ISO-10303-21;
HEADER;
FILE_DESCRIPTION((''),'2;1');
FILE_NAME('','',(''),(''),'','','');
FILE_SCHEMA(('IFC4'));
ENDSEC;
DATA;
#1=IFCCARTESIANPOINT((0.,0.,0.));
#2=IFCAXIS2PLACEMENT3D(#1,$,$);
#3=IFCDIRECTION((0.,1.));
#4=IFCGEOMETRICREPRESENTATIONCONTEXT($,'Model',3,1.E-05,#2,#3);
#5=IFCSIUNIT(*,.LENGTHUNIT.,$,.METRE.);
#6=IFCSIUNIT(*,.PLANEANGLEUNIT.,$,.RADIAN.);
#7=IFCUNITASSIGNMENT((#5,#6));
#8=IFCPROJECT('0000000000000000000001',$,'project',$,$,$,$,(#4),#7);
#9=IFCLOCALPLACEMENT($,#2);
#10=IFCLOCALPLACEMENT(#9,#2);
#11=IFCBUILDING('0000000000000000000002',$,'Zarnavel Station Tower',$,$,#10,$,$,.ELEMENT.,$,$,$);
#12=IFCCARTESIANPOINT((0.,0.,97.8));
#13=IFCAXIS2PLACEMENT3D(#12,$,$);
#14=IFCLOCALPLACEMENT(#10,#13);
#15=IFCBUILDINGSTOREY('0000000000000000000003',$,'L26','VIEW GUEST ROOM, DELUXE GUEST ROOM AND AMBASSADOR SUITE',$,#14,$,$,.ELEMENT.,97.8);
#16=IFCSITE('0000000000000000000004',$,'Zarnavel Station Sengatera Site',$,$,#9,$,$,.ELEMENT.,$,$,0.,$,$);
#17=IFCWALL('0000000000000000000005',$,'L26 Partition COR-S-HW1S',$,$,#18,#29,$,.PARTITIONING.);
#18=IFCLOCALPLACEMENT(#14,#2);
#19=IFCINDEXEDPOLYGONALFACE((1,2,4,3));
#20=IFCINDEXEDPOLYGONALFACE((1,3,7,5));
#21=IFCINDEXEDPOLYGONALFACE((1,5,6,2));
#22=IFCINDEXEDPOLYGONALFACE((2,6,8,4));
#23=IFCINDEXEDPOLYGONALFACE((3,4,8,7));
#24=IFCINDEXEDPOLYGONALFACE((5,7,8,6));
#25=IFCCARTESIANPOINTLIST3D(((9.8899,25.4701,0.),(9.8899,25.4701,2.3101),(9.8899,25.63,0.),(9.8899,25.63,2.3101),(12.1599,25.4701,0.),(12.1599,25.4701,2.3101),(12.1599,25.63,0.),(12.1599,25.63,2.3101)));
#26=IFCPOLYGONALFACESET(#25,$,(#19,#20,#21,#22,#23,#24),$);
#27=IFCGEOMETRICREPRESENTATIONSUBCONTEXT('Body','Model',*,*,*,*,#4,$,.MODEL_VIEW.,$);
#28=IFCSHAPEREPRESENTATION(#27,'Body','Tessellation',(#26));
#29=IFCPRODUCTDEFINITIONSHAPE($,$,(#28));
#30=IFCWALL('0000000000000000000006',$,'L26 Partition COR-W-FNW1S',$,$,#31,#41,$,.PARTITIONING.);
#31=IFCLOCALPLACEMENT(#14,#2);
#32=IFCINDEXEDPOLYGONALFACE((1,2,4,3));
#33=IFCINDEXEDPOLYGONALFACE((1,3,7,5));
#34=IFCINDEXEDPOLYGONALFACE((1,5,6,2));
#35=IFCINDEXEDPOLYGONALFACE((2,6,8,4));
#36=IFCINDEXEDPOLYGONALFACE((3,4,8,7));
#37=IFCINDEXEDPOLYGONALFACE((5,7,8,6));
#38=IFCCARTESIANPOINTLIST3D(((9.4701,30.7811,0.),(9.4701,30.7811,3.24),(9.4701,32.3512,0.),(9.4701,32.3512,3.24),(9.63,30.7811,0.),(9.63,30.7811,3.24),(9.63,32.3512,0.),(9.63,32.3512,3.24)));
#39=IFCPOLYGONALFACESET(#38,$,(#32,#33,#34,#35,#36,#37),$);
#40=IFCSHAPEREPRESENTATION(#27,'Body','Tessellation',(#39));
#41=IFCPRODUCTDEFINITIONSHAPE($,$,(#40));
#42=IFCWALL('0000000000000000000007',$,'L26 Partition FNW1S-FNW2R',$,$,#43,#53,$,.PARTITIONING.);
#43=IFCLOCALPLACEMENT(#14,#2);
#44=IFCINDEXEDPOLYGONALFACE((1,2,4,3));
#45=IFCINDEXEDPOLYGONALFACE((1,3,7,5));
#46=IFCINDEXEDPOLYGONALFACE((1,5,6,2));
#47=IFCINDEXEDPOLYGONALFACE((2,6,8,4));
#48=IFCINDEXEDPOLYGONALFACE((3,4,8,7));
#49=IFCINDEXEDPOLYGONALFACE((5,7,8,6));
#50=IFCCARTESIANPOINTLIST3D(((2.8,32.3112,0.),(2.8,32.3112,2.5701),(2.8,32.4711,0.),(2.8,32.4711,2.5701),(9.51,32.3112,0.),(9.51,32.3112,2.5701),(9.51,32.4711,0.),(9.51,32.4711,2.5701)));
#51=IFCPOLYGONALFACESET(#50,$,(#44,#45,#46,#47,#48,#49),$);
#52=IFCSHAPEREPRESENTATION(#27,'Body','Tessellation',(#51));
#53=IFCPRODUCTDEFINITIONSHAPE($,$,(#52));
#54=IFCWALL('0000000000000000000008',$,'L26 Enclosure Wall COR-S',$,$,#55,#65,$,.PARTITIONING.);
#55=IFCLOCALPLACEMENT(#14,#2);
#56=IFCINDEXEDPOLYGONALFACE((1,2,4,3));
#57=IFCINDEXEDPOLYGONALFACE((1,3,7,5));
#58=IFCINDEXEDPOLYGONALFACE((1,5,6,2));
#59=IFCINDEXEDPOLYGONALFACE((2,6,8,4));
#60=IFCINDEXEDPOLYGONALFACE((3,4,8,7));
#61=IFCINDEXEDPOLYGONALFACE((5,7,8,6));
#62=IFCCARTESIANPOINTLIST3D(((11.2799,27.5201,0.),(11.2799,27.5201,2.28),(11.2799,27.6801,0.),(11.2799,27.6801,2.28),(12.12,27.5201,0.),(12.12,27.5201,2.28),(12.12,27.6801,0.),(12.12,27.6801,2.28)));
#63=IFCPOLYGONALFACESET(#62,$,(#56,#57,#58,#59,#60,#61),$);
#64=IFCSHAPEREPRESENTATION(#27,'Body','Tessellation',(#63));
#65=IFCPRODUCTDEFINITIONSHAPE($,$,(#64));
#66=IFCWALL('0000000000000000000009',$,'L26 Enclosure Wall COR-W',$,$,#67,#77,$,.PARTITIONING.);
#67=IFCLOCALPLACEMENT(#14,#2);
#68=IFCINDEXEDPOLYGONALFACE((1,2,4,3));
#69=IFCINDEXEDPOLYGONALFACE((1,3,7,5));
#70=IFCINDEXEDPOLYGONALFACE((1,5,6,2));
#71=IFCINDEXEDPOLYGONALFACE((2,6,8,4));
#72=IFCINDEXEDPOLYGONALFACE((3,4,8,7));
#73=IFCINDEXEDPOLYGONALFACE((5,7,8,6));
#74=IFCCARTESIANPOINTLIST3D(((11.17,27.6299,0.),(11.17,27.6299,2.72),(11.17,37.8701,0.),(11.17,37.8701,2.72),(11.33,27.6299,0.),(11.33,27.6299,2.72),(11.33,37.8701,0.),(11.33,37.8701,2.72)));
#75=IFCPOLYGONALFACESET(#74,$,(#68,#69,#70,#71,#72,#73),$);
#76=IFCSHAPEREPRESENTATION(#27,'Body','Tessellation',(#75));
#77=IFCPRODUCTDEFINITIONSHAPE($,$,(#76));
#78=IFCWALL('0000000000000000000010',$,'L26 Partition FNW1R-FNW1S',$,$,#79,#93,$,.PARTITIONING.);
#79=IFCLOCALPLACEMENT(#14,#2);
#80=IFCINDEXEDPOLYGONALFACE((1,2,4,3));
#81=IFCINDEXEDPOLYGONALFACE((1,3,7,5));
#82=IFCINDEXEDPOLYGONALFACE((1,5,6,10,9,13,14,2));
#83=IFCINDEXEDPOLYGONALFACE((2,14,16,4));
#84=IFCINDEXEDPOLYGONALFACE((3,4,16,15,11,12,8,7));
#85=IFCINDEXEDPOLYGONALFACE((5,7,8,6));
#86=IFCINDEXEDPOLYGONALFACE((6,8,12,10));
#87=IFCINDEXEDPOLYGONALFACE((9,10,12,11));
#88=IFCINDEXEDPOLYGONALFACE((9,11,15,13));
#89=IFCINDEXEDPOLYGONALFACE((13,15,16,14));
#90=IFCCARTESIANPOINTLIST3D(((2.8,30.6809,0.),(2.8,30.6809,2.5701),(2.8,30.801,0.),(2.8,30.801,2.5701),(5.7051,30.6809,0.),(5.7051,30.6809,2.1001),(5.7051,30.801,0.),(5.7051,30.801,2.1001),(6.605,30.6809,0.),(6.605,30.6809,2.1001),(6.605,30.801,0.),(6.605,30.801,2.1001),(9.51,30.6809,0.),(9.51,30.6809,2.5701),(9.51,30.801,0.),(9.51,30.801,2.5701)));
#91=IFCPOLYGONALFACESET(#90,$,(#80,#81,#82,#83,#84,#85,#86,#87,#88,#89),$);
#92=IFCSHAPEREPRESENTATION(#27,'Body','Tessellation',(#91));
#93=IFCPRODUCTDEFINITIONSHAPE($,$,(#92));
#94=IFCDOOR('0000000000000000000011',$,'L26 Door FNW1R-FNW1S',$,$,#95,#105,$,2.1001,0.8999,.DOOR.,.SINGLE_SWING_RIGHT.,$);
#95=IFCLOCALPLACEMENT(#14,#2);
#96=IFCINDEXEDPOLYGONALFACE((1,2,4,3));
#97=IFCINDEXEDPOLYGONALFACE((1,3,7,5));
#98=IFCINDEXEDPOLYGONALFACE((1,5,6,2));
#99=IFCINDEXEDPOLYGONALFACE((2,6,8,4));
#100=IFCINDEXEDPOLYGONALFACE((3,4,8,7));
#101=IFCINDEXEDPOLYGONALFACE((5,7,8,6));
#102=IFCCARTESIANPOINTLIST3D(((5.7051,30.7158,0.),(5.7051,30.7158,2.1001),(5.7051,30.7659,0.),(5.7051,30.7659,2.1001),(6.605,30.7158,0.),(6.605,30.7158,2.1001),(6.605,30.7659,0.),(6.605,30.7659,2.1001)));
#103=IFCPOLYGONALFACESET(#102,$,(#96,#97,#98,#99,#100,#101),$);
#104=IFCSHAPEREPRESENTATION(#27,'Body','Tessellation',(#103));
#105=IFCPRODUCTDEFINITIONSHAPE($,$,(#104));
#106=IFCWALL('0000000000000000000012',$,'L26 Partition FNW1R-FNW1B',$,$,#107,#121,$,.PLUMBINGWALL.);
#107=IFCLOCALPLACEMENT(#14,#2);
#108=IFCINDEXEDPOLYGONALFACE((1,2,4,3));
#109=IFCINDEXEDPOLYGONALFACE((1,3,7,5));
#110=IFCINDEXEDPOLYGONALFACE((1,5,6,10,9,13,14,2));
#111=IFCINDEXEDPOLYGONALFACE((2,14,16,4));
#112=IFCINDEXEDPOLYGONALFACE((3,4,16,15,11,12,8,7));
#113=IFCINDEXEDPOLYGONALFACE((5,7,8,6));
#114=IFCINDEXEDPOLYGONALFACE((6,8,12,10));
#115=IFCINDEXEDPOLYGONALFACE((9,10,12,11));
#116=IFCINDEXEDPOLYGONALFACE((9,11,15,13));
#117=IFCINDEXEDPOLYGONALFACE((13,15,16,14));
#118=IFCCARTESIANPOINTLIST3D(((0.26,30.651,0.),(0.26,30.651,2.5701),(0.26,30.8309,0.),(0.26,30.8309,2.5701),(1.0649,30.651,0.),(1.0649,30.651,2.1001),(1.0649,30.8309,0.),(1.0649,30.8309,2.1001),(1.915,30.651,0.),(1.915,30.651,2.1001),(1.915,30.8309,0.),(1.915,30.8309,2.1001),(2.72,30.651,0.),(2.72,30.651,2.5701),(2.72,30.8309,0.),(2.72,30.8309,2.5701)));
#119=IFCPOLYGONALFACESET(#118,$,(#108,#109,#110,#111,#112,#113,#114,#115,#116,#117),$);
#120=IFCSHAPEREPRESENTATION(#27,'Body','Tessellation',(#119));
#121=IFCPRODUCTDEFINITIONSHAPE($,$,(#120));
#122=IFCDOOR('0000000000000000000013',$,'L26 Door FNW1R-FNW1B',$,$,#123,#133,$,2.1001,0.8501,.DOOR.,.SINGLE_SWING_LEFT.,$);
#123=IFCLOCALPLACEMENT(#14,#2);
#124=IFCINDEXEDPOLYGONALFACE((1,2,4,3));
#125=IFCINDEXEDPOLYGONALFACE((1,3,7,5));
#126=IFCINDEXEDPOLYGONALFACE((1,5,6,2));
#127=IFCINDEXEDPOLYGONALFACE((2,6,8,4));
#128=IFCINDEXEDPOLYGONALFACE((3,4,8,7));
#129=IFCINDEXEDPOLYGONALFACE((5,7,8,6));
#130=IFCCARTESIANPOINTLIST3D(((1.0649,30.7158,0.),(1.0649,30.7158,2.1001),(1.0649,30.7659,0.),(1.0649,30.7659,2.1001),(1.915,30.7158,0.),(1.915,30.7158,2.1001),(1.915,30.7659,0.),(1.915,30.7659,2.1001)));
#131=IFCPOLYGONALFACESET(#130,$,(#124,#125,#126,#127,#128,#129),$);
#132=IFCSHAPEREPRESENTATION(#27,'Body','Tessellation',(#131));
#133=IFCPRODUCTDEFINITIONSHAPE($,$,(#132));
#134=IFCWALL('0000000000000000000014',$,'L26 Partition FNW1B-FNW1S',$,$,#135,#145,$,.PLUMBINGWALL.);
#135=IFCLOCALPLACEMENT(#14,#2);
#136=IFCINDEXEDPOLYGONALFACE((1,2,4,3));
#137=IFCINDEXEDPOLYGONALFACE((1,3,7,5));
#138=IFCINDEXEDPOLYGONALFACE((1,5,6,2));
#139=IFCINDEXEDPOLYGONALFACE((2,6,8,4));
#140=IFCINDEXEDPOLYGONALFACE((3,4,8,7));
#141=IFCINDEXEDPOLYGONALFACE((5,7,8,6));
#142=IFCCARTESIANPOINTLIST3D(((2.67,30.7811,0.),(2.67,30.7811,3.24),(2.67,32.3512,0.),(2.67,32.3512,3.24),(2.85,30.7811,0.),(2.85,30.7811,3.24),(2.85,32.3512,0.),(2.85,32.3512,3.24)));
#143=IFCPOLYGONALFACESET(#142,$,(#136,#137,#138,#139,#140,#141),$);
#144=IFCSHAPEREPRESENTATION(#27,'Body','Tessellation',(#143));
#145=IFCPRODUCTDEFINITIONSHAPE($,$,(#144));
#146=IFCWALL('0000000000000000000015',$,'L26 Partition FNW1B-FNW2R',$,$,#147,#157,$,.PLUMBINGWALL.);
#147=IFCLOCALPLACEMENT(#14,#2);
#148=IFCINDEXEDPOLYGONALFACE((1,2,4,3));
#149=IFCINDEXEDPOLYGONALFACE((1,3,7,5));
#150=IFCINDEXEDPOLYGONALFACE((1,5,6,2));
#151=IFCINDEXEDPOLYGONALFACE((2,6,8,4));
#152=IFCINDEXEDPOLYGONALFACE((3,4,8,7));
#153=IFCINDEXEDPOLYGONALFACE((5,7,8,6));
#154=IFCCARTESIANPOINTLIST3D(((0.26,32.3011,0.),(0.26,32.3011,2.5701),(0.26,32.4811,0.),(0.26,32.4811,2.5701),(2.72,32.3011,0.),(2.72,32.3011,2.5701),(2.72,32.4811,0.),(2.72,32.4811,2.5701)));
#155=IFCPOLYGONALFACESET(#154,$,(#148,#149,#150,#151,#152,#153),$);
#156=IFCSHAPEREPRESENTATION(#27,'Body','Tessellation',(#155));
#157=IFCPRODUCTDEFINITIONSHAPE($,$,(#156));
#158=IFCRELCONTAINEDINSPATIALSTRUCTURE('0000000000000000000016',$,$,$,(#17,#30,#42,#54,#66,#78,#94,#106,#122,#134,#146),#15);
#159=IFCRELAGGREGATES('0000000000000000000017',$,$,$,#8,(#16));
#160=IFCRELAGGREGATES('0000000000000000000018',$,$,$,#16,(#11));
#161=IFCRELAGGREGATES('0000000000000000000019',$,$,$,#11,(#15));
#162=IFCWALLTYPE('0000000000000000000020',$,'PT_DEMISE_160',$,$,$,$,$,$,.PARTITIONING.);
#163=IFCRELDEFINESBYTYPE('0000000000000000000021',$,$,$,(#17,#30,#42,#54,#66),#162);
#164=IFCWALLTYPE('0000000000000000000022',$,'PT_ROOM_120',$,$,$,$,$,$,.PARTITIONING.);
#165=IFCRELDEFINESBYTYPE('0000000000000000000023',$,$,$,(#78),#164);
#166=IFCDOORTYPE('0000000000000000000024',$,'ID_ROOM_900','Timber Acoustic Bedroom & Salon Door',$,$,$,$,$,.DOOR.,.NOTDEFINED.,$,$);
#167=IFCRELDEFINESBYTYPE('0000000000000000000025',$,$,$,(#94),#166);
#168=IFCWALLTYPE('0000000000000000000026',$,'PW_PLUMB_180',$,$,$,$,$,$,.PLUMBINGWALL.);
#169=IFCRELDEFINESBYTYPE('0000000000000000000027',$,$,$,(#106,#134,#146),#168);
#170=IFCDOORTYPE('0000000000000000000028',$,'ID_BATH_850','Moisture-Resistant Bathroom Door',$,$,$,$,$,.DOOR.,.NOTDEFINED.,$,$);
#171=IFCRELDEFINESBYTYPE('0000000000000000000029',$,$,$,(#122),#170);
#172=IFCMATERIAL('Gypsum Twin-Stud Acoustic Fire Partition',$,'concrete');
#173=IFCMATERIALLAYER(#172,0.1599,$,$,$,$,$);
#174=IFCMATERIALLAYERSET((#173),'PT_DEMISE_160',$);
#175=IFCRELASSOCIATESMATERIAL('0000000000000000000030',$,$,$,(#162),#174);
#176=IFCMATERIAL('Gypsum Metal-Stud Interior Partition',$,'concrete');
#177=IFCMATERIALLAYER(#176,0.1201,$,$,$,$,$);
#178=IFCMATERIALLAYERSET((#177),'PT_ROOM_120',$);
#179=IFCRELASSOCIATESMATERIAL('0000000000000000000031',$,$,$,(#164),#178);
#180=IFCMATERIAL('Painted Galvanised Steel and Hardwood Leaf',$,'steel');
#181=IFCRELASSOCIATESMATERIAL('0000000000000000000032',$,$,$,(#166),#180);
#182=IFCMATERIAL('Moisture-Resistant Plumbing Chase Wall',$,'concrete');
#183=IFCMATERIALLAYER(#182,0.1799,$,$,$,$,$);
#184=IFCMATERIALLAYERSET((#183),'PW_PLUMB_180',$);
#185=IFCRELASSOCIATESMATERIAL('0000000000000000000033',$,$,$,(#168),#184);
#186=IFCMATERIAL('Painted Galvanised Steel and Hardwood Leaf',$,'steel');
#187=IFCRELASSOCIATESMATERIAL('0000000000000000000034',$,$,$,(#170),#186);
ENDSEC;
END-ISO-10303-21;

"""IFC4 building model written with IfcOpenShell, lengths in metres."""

from ifc_helpers import new_model, si_unit, direction, frame, frame_2d, origin, place, context, subcontext, project, spatial, rectangle, extrude, material, layer, layer_set, type_object, element, fill, save


model = new_model("IFC4")

# Units and contexts
model_context = context("Model", 3, precision=1e-05, world=origin(), true_north=direction((0.0, 1.0)))
body_context = subcontext(model_context, "Body", "Model", "MODEL_VIEW")
ifc_project = project(units=[si_unit("LENGTHUNIT", "METRE"), si_unit("PLANEANGLEUNIT", "RADIAN")], contexts=[model_context])

# Site, building, storey
site_placement = place(None, origin())
site = spatial("IfcSite", under=ifc_project, at=site_placement, Name="Zarnavel Station Sengatera Site", CompositionType="ELEMENT", RefElevation=0.0)
building_placement = place(site_placement, origin())
building = spatial("IfcBuilding", under=site, at=building_placement, Name="Zarnavel Station Tower", CompositionType="ELEMENT")
storey_placement = place(building_placement, frame((0.0, 0.0, 97.8)))
storey = spatial("IfcBuildingStorey", under=building, at=storey_placement, Name="L26", Description="VIEW GUEST ROOM, DELUXE GUEST ROOM AND AMBASSADOR SUITE", CompositionType="ELEMENT", Elevation=97.8)

# Shared definitions
ifc_material_1 = material(Name="Gypsum Twin-Stud Acoustic Fire Partition", Category="concrete")
ifc_layer_1 = layer(ifc_material_1, 0.1599)
ifc_layer_set_1 = layer_set([ifc_layer_1], Name="PT_DEMISE_160")
wall_type_1 = type_object("IfcWallType", Name="PT_DEMISE_160", PredefinedType="PARTITIONING", material=ifc_layer_set_1)

# Wall
wall_1_placement = place(storey_placement, frame((9.8899, 25.55, 0.0), z_axis=(0.0, 0.0, 1.0), x_axis=(1.0, 0.0, 0.0)))
element("IfcWall", 1, at=wall_1_placement, inside=storey, type_object=wall_type_1, Name="L26 Partition COR-S-HW1S", PredefinedType="PARTITIONING", context=body_context, shape_type="SweptSolid", body=[
    extrude(rectangle(XDim=2.27, YDim=0.1599, at=frame_2d((1.135, 0.0))), origin(), (0.0, 0.0, 1.0), 2.3101),
])

# Wall
wall_2_placement = place(storey_placement, frame((9.55, 30.781, 0.0), z_axis=(0.0, 0.0, 1.0), x_axis=(0.0, 1.0, 0.0)))
element("IfcWall", 2, at=wall_2_placement, inside=storey, type_object=wall_type_1, Name="L26 Partition COR-W-FNW1S", PredefinedType="PARTITIONING", context=body_context, shape_type="SweptSolid", body=[
    extrude(rectangle(XDim=1.5701, YDim=0.1599, at=frame_2d((0.7852, 0.0))), origin(), (0.0, 0.0, 1.0), 3.24),
])

# Walls
wall_3_placement = place(storey_placement, frame((2.8, 32.3911, 0.0), z_axis=(0.0, 0.0, 1.0), x_axis=(1.0, 0.0, 0.0)))
element("IfcWall", 3, at=wall_3_placement, inside=storey, type_object=wall_type_1, Name="L26 Partition FNW1S-FNW2R", PredefinedType="PARTITIONING", context=body_context, shape_type="SweptSolid", body=[
    extrude(rectangle(XDim=6.71, YDim=0.1599, at=frame_2d((3.355, 0.0))), origin(), (0.0, 0.0, 1.0), 2.5701),
])
wall_4_placement = place(storey_placement, frame((11.28, 27.6001, 0.0), z_axis=(0.0, 0.0, 1.0), x_axis=(1.0, 0.0, 0.0)))
element("IfcWall", 4, at=wall_4_placement, inside=storey, type_object=wall_type_1, Name="L26 Enclosure Wall COR-S", PredefinedType="PARTITIONING", context=body_context, shape_type="SweptSolid", body=[
    extrude(rectangle(XDim=0.8401, YDim=0.1599, at=frame_2d((0.4199, 0.0))), origin(), (0.0, 0.0, 1.0), 2.28),
])
wall_5_placement = place(storey_placement, frame((11.25, 27.6299, 0.0), z_axis=(0.0, 0.0, 1.0), x_axis=(0.0, 1.0, 0.0)))
element("IfcWall", 5, at=wall_5_placement, inside=storey, type_object=wall_type_1, Name="L26 Enclosure Wall COR-W", PredefinedType="PARTITIONING", context=body_context, shape_type="SweptSolid", body=[
    extrude(rectangle(XDim=10.2402, YDim=0.1599, at=frame_2d((5.1201, 0.0))), origin(), (0.0, 0.0, 1.0), 2.72),
])

# Walls, openings, doors
ifc_material_2 = material(Name="Gypsum Metal-Stud Interior Partition", Category="concrete")
ifc_layer_2 = layer(ifc_material_2, 0.1201)
ifc_layer_set_2 = layer_set([ifc_layer_2], Name="PT_ROOM_120")
wall_type_2 = type_object("IfcWallType", Name="PT_ROOM_120", PredefinedType="PARTITIONING", material=ifc_layer_set_2)
wall_6_placement = place(storey_placement, frame((2.8, 30.741, 0.0), z_axis=(0.0, 0.0, 1.0), x_axis=(1.0, 0.0, 0.0)))
wall_6 = element("IfcWall", 6, at=wall_6_placement, inside=storey, type_object=wall_type_2, Name="L26 Partition FNW1R-FNW1S", PredefinedType="PARTITIONING", context=body_context, shape_type="SweptSolid", body=[
    extrude(rectangle(XDim=6.71, YDim=0.1201, at=frame_2d((3.355, 0.0))), origin(), (0.0, 0.0, 1.0), 2.5701),
])
opening_1_placement = place(wall_6_placement, frame((2.905, 0.0, 0.0)))
opening_1 = element("IfcOpeningElement", 7, at=opening_1_placement, cuts=wall_6, PredefinedType="OPENING", context=body_context, shape_type="SweptSolid", body=[
    extrude(rectangle(XDim=0.8999, YDim=2.1001, at=frame_2d((0.45, 1.05))), frame((0.0, 0.0701, 0.0), z_axis=(0.0, -1.0, 0.0), x_axis=(1.0, 0.0, 0.0)), (0.0, 0.0, 1.0), 0.1401),
])
ifc_material_3 = material(Name="Painted Galvanised Steel and Hardwood Leaf", Category="steel")
door_type_1 = type_object("IfcDoorType", Name="ID_ROOM_900", Description="Timber Acoustic Bedroom & Salon Door", OperationType="NOTDEFINED", PredefinedType="DOOR", material=ifc_material_3)
door_1_placement = place(opening_1_placement, origin())
door_1 = element("IfcDoor", 8, at=door_1_placement, inside=storey, type_object=door_type_1, Name="L26 Door FNW1R-FNW1S", OperationType="SINGLE_SWING_RIGHT", OverallHeight=2.1001, OverallWidth=0.8999, PredefinedType="DOOR", context=body_context, shape_type="SweptSolid", body=[
    extrude(rectangle(XDim=0.8999, YDim=2.1001, at=frame_2d((0.45, 1.05))), frame((0.0, 0.0249, 0.0), z_axis=(0.0, -1.0, 0.0), x_axis=(1.0, 0.0, 0.0)), (0.0, 0.0, 1.0), 0.05),
])
fill(opening_1, door_1)
ifc_material_4 = material(Name="Moisture-Resistant Plumbing Chase Wall", Category="concrete")
ifc_layer_3 = layer(ifc_material_4, 0.1799)
ifc_layer_set_3 = layer_set([ifc_layer_3], Name="PW_PLUMB_180")
wall_type_3 = type_object("IfcWallType", Name="PW_PLUMB_180", PredefinedType="PLUMBINGWALL", material=ifc_layer_set_3)
wall_7_placement = place(storey_placement, frame((0.26, 30.741, 0.0), z_axis=(0.0, 0.0, 1.0), x_axis=(1.0, 0.0, 0.0)))
wall_7 = element("IfcWall", 9, at=wall_7_placement, inside=storey, type_object=wall_type_3, Name="L26 Partition FNW1R-FNW1B", PredefinedType="PLUMBINGWALL", context=body_context, shape_type="SweptSolid", body=[
    extrude(rectangle(XDim=2.46, YDim=0.1799, at=frame_2d((1.23, 0.0))), origin(), (0.0, 0.0, 1.0), 2.5701),
])
opening_2_placement = place(wall_7_placement, frame((0.8049, 0.0, 0.0)))
opening_2 = element("IfcOpeningElement", 10, at=opening_2_placement, cuts=wall_7, PredefinedType="OPENING", context=body_context, shape_type="SweptSolid", body=[
    extrude(rectangle(XDim=0.8501, YDim=2.1001, at=frame_2d((0.425, 1.05))), frame((0.0, 0.0999, 0.0), z_axis=(0.0, -1.0, 0.0), x_axis=(1.0, 0.0, 0.0)), (0.0, 0.0, 1.0), 0.2),
])
ifc_material_5 = material(Name="Painted Galvanised Steel and Hardwood Leaf", Category="steel")
door_type_2 = type_object("IfcDoorType", Name="ID_BATH_850", Description="Moisture-Resistant Bathroom Door", OperationType="NOTDEFINED", PredefinedType="DOOR", material=ifc_material_5)
door_2_placement = place(opening_2_placement, origin())
door_2 = element("IfcDoor", 11, at=door_2_placement, inside=storey, type_object=door_type_2, Name="L26 Door FNW1R-FNW1B", OperationType="SINGLE_SWING_LEFT", OverallHeight=2.1001, OverallWidth=0.8501, PredefinedType="DOOR", context=body_context, shape_type="SweptSolid", body=[
    extrude(rectangle(XDim=0.8501, YDim=2.1001, at=frame_2d((0.425, 1.05))), frame((0.0, 0.0249, 0.0), z_axis=(0.0, -1.0, 0.0), x_axis=(1.0, 0.0, 0.0)), (0.0, 0.0, 1.0), 0.05),
])
fill(opening_2, door_2)

# Walls
wall_8_placement = place(storey_placement, frame((2.76, 30.781, 0.0), z_axis=(0.0, 0.0, 1.0), x_axis=(0.0, 1.0, 0.0)))
element("IfcWall", 12, at=wall_8_placement, inside=storey, type_object=wall_type_3, Name="L26 Partition FNW1B-FNW1S", PredefinedType="PLUMBINGWALL", context=body_context, shape_type="SweptSolid", body=[
    extrude(rectangle(XDim=1.5701, YDim=0.1799, at=frame_2d((0.7852, 0.0))), origin(), (0.0, 0.0, 1.0), 3.24),
])
wall_9_placement = place(storey_placement, frame((0.26, 32.3911, 0.0), z_axis=(0.0, 0.0, 1.0), x_axis=(1.0, 0.0, 0.0)))
element("IfcWall", 13, at=wall_9_placement, inside=storey, type_object=wall_type_3, Name="L26 Partition FNW1B-FNW2R", PredefinedType="PLUMBINGWALL", context=body_context, shape_type="SweptSolid", body=[
    extrude(rectangle(XDim=2.46, YDim=0.1799, at=frame_2d((1.23, 0.0))), origin(), (0.0, 0.0, 1.0), 2.5701),
])

save(model, "model.ifc")
